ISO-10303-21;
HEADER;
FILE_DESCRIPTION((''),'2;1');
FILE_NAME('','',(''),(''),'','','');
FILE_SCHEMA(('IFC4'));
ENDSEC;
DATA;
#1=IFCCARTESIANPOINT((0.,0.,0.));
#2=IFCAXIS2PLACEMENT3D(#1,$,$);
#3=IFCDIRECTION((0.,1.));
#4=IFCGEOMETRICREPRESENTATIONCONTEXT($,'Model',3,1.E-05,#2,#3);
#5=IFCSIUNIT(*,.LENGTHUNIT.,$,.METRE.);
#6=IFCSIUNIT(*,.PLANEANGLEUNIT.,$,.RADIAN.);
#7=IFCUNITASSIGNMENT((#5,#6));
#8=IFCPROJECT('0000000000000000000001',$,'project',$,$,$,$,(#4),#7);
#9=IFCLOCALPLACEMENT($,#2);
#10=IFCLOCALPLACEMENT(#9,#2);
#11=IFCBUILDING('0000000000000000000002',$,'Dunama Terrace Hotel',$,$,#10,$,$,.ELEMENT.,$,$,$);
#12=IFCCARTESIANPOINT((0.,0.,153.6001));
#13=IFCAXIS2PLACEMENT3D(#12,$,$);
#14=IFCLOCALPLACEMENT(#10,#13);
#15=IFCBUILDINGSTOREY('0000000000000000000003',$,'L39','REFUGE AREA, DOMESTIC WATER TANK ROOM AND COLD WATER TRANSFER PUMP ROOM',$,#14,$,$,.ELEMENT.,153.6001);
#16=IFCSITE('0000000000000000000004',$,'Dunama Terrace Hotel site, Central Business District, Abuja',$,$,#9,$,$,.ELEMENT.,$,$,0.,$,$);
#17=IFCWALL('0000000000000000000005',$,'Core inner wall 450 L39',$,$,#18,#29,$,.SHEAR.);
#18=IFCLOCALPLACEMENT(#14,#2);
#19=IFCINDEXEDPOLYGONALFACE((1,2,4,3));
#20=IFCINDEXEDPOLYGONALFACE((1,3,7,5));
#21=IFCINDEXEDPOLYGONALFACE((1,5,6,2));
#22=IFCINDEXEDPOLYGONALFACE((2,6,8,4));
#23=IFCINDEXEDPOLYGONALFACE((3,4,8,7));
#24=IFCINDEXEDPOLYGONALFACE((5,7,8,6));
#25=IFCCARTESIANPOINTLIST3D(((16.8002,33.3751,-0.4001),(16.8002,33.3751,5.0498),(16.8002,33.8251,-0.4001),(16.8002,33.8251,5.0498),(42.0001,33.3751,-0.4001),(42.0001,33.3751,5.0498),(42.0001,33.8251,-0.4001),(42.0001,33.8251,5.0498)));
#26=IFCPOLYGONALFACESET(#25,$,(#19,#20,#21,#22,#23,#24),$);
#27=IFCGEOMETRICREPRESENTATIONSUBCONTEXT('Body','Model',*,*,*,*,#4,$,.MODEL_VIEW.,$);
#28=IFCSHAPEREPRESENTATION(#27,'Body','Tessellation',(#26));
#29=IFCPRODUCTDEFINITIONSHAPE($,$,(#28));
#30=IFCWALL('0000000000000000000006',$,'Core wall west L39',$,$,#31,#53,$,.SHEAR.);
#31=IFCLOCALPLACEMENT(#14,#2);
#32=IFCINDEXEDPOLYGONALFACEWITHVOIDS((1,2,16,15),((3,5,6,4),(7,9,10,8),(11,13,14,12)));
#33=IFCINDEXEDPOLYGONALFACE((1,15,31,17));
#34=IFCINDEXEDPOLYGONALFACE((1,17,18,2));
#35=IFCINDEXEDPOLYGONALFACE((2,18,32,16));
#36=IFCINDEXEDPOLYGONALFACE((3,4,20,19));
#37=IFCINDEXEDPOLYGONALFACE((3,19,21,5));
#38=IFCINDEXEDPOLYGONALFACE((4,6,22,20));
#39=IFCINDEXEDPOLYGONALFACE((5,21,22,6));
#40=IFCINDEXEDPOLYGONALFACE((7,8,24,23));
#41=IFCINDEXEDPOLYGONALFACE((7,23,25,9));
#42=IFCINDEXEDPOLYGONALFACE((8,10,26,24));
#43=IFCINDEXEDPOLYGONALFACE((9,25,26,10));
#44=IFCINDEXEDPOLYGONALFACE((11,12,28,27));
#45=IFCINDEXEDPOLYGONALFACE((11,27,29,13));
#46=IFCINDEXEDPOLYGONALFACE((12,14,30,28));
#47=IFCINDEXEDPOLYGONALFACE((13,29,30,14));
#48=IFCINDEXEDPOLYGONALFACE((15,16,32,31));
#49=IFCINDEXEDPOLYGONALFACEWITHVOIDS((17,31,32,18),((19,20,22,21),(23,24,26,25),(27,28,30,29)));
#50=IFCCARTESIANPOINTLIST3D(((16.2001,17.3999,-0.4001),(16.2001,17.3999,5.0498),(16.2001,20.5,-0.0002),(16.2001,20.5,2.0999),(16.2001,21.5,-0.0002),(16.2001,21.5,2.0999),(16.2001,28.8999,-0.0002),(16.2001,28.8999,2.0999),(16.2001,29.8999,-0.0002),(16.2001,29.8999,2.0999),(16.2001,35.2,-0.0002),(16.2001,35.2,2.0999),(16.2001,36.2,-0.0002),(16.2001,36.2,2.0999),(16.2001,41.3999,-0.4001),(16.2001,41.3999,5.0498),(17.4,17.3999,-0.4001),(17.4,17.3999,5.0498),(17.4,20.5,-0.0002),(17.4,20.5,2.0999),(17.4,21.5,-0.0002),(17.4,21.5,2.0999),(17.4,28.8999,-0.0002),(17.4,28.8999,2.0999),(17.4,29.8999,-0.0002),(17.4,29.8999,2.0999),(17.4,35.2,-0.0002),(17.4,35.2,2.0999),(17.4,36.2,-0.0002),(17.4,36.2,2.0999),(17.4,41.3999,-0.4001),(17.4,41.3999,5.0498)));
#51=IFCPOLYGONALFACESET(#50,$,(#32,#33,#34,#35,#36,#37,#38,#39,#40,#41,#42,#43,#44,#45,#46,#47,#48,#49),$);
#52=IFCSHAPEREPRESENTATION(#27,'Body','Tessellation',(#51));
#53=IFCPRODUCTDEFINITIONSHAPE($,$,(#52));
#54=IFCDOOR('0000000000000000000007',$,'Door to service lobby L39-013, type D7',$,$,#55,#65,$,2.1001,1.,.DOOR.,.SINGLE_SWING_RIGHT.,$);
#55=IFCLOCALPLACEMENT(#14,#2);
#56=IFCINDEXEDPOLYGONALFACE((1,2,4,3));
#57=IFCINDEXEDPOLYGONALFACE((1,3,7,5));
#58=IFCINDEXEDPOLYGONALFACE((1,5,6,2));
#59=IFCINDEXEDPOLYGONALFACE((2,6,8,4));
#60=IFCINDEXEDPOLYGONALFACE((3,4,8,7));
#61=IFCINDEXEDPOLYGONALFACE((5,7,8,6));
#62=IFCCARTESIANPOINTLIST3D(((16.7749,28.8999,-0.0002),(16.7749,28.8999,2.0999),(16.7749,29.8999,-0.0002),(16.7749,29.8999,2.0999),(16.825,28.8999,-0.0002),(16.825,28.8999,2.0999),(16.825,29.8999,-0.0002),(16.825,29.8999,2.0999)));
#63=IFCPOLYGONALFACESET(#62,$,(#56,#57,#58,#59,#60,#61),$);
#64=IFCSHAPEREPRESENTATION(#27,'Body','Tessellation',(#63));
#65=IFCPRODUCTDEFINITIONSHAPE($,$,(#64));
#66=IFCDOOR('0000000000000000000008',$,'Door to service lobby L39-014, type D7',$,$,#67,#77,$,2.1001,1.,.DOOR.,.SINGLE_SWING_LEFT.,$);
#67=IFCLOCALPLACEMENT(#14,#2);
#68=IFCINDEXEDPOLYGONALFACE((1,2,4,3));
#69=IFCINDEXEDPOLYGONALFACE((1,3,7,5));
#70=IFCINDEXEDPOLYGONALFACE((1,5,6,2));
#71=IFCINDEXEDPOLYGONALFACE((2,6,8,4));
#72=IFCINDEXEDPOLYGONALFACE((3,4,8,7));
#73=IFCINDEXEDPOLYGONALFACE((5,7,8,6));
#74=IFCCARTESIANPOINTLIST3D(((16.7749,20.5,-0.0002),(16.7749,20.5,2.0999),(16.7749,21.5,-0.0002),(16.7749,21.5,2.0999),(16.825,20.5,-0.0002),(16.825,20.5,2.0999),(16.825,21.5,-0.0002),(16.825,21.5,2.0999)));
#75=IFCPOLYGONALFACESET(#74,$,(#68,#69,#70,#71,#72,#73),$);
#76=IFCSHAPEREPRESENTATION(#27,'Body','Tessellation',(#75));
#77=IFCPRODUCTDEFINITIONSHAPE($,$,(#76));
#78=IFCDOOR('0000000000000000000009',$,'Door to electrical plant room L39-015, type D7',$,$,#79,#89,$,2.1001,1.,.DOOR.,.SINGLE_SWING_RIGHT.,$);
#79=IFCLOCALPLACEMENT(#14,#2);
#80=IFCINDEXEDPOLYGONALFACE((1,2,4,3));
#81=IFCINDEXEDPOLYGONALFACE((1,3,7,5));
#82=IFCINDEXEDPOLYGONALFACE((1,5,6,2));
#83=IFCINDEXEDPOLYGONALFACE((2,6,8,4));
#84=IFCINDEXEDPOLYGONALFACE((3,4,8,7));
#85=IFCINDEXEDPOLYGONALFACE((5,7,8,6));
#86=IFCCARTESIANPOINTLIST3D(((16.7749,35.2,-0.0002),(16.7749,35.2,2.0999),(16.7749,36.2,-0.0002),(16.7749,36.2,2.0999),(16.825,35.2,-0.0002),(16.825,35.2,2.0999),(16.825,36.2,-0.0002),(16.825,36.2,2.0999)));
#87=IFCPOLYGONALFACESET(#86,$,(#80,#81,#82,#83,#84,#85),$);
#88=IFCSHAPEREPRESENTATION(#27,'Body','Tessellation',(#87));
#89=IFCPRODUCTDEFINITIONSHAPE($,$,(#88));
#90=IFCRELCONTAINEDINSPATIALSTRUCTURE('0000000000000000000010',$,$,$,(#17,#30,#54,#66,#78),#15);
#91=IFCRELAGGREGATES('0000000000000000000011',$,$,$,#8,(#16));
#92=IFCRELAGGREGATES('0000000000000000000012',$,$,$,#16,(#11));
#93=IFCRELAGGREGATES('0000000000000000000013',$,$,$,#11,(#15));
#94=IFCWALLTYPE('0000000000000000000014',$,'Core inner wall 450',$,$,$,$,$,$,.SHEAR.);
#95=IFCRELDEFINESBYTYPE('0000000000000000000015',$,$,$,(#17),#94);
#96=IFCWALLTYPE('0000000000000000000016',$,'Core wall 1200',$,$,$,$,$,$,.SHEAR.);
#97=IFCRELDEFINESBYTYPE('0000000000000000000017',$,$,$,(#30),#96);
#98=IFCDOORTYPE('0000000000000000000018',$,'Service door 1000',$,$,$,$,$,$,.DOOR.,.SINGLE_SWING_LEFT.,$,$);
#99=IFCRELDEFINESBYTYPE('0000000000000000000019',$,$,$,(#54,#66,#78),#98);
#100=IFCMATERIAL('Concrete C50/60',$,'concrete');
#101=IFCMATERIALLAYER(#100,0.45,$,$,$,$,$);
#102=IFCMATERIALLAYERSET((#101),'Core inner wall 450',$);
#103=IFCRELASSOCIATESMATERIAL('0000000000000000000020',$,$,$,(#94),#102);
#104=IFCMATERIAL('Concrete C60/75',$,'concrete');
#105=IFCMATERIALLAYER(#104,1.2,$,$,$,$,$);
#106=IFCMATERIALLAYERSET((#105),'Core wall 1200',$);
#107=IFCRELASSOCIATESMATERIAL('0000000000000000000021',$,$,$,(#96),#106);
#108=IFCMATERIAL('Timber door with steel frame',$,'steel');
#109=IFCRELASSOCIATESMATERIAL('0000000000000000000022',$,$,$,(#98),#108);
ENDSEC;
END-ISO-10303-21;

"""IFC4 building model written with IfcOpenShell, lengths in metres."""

from ifc_helpers import new_model, si_unit, direction, frame, frame_2d, origin, place, context, subcontext, project, spatial, rectangle, extrude, material, layer, layer_set, type_object, element, fill, save


model = new_model("IFC4")

# Units and contexts
model_context = context("Model", 3, precision=1e-05, world=origin(), true_north=direction((0.0, 1.0)))
body_context = subcontext(model_context, "Body", "Model", "MODEL_VIEW")
ifc_project = project(units=[si_unit("LENGTHUNIT", "METRE"), si_unit("PLANEANGLEUNIT", "RADIAN")], contexts=[model_context])

# Site, building, storey
site_placement = place(None, origin())
site = spatial("IfcSite", under=ifc_project, at=site_placement, Name="Dunama Terrace Hotel site, Central Business District, Abuja", CompositionType="ELEMENT", RefElevation=0.0)
building_placement = place(site_placement, origin())
building = spatial("IfcBuilding", under=site, at=building_placement, Name="Dunama Terrace Hotel", CompositionType="ELEMENT")
storey_placement = place(building_placement, frame((0.0, 0.0, 153.6001)))
storey = spatial("IfcBuildingStorey", under=building, at=storey_placement, Name="L39", Description="REFUGE AREA, DOMESTIC WATER TANK ROOM AND COLD WATER TRANSFER PUMP ROOM", CompositionType="ELEMENT", Elevation=153.6001)

# Wall
ifc_material_1 = material(Name="Concrete C50/60", Category="concrete")
ifc_layer_1 = layer(ifc_material_1, 0.45)
ifc_layer_set_1 = layer_set([ifc_layer_1], Name="Core inner wall 450")
wall_type_1 = type_object("IfcWallType", Name="Core inner wall 450", PredefinedType="SHEAR", material=ifc_layer_set_1)
for number, where, z_axis, x_axis, name in (
    (1, (16.8, 33.6001, -0.4001), (0.0, 0.0, 1.0), (1.0, 0.0, 0.0), "Core inner wall 450 L39"),
):
    element("IfcWall", number, at=place(storey_placement, frame(where, z_axis=z_axis, x_axis=x_axis)), inside=storey, type_object=wall_type_1, Name=name, PredefinedType="SHEAR", context=body_context, shape_type="SweptSolid", body=[
        extrude(rectangle(XDim=25.2, YDim=0.45, at=frame_2d((12.6001, 0.0))), origin(), (0.0, 0.0, 1.0), 5.45),
    ])

# Wall, openings, doors
ifc_material_2 = material(Name="Concrete C60/75", Category="concrete")
ifc_layer_2 = layer(ifc_material_2, 1.2)
ifc_layer_set_2 = layer_set([ifc_layer_2], Name="Core wall 1200")
wall_type_2 = type_object("IfcWallType", Name="Core wall 1200", PredefinedType="SHEAR", material=ifc_layer_set_2)
wall_1_placement = place(storey_placement, frame((16.8, 41.3999, -0.4001), z_axis=(0.0, 0.0, 1.0), x_axis=(0.0, -1.0, 0.0)))
wall_1 = element("IfcWall", 2, at=wall_1_placement, inside=storey, type_object=wall_type_2, Name="Core wall west L39", PredefinedType="SHEAR", context=body_context, shape_type="SweptSolid", body=[
    extrude(rectangle(XDim=24.0, YDim=1.2, at=frame_2d((12.0, 0.0))), origin(), (0.0, 0.0, 1.0), 5.45),
])
opening_1_placement = place(wall_1_placement, frame((11.5, 0.0, 0.3999)))
opening_1 = element("IfcOpeningElement", 3, at=opening_1_placement, cuts=wall_1, PredefinedType="OPENING", context=body_context, shape_type="SweptSolid", body=[
    extrude(rectangle(XDim=1.0, YDim=2.1001, at=frame_2d((0.5, 1.05))), frame((0.0, 0.6099, 0.0), z_axis=(0.0, -1.0, 0.0), x_axis=(1.0, 0.0, 0.0)), (0.0, 0.0, 1.0), 1.22),
])
opening_2_placement = place(wall_1_placement, frame((19.8999, 0.0, 0.3999)))
opening_2 = element("IfcOpeningElement", 4, at=opening_2_placement, cuts=wall_1, PredefinedType="OPENING", context=body_context, shape_type="SweptSolid", body=[
    extrude(rectangle(XDim=1.0, YDim=2.1001, at=frame_2d((0.5, 1.05))), frame((0.0, 0.6099, 0.0), z_axis=(0.0, -1.0, 0.0), x_axis=(1.0, 0.0, 0.0)), (0.0, 0.0, 1.0), 1.22),
])
opening_3_placement = place(wall_1_placement, frame((5.2, 0.0, 0.3999)))
opening_3 = element("IfcOpeningElement", 5, at=opening_3_placement, cuts=wall_1, PredefinedType="OPENING", context=body_context, shape_type="SweptSolid", body=[
    extrude(rectangle(XDim=1.0, YDim=2.1001, at=frame_2d((0.5, 1.05))), frame((0.0, 0.6099, 0.0), z_axis=(0.0, -1.0, 0.0), x_axis=(1.0, 0.0, 0.0)), (0.0, 0.0, 1.0), 1.22),
])
ifc_material_3 = material(Name="Timber door with steel frame", Category="steel")
door_type = type_object("IfcDoorType", Name="Service door 1000", OperationType="SINGLE_SWING_LEFT", PredefinedType="DOOR", material=ifc_material_3)
door_1_placement = place(opening_1_placement, origin())
door_1 = element("IfcDoor", 6, at=door_1_placement, inside=storey, type_object=door_type, Name="Door to service lobby L39-013, type D7", OperationType="SINGLE_SWING_RIGHT", OverallHeight=2.1001, OverallWidth=1.0, PredefinedType="DOOR", context=body_context, shape_type="SweptSolid", body=[
    extrude(rectangle(XDim=1.0, YDim=2.1001, at=frame_2d((0.5, 1.05))), frame((0.0, 0.0249, 0.0), z_axis=(0.0, -1.0, 0.0), x_axis=(1.0, 0.0, 0.0)), (0.0, 0.0, 1.0), 0.05),
])
fill(opening_1, door_1)
door_2_placement = place(opening_2_placement, origin())
door_2 = element("IfcDoor", 7, at=door_2_placement, inside=storey, type_object=door_type, Name="Door to service lobby L39-014, type D7", OperationType="SINGLE_SWING_LEFT", OverallHeight=2.1001, OverallWidth=1.0, PredefinedType="DOOR", context=body_context, shape_type="SweptSolid", body=[
    extrude(rectangle(XDim=1.0, YDim=2.1001, at=frame_2d((0.5, 1.05))), frame((0.0, 0.0249, 0.0), z_axis=(0.0, -1.0, 0.0), x_axis=(1.0, 0.0, 0.0)), (0.0, 0.0, 1.0), 0.05),
])
fill(opening_2, door_2)
door_3_placement = place(opening_3_placement, origin())
door_3 = element("IfcDoor", 8, at=door_3_placement, inside=storey, type_object=door_type, Name="Door to electrical plant room L39-015, type D7", OperationType="SINGLE_SWING_RIGHT", OverallHeight=2.1001, OverallWidth=1.0, PredefinedType="DOOR", context=body_context, shape_type="SweptSolid", body=[
    extrude(rectangle(XDim=1.0, YDim=2.1001, at=frame_2d((0.5, 1.05))), frame((0.0, 0.0249, 0.0), z_axis=(0.0, -1.0, 0.0), x_axis=(1.0, 0.0, 0.0)), (0.0, 0.0, 1.0), 0.05),
])
fill(opening_3, door_3)

save(model, "model.ifc")
